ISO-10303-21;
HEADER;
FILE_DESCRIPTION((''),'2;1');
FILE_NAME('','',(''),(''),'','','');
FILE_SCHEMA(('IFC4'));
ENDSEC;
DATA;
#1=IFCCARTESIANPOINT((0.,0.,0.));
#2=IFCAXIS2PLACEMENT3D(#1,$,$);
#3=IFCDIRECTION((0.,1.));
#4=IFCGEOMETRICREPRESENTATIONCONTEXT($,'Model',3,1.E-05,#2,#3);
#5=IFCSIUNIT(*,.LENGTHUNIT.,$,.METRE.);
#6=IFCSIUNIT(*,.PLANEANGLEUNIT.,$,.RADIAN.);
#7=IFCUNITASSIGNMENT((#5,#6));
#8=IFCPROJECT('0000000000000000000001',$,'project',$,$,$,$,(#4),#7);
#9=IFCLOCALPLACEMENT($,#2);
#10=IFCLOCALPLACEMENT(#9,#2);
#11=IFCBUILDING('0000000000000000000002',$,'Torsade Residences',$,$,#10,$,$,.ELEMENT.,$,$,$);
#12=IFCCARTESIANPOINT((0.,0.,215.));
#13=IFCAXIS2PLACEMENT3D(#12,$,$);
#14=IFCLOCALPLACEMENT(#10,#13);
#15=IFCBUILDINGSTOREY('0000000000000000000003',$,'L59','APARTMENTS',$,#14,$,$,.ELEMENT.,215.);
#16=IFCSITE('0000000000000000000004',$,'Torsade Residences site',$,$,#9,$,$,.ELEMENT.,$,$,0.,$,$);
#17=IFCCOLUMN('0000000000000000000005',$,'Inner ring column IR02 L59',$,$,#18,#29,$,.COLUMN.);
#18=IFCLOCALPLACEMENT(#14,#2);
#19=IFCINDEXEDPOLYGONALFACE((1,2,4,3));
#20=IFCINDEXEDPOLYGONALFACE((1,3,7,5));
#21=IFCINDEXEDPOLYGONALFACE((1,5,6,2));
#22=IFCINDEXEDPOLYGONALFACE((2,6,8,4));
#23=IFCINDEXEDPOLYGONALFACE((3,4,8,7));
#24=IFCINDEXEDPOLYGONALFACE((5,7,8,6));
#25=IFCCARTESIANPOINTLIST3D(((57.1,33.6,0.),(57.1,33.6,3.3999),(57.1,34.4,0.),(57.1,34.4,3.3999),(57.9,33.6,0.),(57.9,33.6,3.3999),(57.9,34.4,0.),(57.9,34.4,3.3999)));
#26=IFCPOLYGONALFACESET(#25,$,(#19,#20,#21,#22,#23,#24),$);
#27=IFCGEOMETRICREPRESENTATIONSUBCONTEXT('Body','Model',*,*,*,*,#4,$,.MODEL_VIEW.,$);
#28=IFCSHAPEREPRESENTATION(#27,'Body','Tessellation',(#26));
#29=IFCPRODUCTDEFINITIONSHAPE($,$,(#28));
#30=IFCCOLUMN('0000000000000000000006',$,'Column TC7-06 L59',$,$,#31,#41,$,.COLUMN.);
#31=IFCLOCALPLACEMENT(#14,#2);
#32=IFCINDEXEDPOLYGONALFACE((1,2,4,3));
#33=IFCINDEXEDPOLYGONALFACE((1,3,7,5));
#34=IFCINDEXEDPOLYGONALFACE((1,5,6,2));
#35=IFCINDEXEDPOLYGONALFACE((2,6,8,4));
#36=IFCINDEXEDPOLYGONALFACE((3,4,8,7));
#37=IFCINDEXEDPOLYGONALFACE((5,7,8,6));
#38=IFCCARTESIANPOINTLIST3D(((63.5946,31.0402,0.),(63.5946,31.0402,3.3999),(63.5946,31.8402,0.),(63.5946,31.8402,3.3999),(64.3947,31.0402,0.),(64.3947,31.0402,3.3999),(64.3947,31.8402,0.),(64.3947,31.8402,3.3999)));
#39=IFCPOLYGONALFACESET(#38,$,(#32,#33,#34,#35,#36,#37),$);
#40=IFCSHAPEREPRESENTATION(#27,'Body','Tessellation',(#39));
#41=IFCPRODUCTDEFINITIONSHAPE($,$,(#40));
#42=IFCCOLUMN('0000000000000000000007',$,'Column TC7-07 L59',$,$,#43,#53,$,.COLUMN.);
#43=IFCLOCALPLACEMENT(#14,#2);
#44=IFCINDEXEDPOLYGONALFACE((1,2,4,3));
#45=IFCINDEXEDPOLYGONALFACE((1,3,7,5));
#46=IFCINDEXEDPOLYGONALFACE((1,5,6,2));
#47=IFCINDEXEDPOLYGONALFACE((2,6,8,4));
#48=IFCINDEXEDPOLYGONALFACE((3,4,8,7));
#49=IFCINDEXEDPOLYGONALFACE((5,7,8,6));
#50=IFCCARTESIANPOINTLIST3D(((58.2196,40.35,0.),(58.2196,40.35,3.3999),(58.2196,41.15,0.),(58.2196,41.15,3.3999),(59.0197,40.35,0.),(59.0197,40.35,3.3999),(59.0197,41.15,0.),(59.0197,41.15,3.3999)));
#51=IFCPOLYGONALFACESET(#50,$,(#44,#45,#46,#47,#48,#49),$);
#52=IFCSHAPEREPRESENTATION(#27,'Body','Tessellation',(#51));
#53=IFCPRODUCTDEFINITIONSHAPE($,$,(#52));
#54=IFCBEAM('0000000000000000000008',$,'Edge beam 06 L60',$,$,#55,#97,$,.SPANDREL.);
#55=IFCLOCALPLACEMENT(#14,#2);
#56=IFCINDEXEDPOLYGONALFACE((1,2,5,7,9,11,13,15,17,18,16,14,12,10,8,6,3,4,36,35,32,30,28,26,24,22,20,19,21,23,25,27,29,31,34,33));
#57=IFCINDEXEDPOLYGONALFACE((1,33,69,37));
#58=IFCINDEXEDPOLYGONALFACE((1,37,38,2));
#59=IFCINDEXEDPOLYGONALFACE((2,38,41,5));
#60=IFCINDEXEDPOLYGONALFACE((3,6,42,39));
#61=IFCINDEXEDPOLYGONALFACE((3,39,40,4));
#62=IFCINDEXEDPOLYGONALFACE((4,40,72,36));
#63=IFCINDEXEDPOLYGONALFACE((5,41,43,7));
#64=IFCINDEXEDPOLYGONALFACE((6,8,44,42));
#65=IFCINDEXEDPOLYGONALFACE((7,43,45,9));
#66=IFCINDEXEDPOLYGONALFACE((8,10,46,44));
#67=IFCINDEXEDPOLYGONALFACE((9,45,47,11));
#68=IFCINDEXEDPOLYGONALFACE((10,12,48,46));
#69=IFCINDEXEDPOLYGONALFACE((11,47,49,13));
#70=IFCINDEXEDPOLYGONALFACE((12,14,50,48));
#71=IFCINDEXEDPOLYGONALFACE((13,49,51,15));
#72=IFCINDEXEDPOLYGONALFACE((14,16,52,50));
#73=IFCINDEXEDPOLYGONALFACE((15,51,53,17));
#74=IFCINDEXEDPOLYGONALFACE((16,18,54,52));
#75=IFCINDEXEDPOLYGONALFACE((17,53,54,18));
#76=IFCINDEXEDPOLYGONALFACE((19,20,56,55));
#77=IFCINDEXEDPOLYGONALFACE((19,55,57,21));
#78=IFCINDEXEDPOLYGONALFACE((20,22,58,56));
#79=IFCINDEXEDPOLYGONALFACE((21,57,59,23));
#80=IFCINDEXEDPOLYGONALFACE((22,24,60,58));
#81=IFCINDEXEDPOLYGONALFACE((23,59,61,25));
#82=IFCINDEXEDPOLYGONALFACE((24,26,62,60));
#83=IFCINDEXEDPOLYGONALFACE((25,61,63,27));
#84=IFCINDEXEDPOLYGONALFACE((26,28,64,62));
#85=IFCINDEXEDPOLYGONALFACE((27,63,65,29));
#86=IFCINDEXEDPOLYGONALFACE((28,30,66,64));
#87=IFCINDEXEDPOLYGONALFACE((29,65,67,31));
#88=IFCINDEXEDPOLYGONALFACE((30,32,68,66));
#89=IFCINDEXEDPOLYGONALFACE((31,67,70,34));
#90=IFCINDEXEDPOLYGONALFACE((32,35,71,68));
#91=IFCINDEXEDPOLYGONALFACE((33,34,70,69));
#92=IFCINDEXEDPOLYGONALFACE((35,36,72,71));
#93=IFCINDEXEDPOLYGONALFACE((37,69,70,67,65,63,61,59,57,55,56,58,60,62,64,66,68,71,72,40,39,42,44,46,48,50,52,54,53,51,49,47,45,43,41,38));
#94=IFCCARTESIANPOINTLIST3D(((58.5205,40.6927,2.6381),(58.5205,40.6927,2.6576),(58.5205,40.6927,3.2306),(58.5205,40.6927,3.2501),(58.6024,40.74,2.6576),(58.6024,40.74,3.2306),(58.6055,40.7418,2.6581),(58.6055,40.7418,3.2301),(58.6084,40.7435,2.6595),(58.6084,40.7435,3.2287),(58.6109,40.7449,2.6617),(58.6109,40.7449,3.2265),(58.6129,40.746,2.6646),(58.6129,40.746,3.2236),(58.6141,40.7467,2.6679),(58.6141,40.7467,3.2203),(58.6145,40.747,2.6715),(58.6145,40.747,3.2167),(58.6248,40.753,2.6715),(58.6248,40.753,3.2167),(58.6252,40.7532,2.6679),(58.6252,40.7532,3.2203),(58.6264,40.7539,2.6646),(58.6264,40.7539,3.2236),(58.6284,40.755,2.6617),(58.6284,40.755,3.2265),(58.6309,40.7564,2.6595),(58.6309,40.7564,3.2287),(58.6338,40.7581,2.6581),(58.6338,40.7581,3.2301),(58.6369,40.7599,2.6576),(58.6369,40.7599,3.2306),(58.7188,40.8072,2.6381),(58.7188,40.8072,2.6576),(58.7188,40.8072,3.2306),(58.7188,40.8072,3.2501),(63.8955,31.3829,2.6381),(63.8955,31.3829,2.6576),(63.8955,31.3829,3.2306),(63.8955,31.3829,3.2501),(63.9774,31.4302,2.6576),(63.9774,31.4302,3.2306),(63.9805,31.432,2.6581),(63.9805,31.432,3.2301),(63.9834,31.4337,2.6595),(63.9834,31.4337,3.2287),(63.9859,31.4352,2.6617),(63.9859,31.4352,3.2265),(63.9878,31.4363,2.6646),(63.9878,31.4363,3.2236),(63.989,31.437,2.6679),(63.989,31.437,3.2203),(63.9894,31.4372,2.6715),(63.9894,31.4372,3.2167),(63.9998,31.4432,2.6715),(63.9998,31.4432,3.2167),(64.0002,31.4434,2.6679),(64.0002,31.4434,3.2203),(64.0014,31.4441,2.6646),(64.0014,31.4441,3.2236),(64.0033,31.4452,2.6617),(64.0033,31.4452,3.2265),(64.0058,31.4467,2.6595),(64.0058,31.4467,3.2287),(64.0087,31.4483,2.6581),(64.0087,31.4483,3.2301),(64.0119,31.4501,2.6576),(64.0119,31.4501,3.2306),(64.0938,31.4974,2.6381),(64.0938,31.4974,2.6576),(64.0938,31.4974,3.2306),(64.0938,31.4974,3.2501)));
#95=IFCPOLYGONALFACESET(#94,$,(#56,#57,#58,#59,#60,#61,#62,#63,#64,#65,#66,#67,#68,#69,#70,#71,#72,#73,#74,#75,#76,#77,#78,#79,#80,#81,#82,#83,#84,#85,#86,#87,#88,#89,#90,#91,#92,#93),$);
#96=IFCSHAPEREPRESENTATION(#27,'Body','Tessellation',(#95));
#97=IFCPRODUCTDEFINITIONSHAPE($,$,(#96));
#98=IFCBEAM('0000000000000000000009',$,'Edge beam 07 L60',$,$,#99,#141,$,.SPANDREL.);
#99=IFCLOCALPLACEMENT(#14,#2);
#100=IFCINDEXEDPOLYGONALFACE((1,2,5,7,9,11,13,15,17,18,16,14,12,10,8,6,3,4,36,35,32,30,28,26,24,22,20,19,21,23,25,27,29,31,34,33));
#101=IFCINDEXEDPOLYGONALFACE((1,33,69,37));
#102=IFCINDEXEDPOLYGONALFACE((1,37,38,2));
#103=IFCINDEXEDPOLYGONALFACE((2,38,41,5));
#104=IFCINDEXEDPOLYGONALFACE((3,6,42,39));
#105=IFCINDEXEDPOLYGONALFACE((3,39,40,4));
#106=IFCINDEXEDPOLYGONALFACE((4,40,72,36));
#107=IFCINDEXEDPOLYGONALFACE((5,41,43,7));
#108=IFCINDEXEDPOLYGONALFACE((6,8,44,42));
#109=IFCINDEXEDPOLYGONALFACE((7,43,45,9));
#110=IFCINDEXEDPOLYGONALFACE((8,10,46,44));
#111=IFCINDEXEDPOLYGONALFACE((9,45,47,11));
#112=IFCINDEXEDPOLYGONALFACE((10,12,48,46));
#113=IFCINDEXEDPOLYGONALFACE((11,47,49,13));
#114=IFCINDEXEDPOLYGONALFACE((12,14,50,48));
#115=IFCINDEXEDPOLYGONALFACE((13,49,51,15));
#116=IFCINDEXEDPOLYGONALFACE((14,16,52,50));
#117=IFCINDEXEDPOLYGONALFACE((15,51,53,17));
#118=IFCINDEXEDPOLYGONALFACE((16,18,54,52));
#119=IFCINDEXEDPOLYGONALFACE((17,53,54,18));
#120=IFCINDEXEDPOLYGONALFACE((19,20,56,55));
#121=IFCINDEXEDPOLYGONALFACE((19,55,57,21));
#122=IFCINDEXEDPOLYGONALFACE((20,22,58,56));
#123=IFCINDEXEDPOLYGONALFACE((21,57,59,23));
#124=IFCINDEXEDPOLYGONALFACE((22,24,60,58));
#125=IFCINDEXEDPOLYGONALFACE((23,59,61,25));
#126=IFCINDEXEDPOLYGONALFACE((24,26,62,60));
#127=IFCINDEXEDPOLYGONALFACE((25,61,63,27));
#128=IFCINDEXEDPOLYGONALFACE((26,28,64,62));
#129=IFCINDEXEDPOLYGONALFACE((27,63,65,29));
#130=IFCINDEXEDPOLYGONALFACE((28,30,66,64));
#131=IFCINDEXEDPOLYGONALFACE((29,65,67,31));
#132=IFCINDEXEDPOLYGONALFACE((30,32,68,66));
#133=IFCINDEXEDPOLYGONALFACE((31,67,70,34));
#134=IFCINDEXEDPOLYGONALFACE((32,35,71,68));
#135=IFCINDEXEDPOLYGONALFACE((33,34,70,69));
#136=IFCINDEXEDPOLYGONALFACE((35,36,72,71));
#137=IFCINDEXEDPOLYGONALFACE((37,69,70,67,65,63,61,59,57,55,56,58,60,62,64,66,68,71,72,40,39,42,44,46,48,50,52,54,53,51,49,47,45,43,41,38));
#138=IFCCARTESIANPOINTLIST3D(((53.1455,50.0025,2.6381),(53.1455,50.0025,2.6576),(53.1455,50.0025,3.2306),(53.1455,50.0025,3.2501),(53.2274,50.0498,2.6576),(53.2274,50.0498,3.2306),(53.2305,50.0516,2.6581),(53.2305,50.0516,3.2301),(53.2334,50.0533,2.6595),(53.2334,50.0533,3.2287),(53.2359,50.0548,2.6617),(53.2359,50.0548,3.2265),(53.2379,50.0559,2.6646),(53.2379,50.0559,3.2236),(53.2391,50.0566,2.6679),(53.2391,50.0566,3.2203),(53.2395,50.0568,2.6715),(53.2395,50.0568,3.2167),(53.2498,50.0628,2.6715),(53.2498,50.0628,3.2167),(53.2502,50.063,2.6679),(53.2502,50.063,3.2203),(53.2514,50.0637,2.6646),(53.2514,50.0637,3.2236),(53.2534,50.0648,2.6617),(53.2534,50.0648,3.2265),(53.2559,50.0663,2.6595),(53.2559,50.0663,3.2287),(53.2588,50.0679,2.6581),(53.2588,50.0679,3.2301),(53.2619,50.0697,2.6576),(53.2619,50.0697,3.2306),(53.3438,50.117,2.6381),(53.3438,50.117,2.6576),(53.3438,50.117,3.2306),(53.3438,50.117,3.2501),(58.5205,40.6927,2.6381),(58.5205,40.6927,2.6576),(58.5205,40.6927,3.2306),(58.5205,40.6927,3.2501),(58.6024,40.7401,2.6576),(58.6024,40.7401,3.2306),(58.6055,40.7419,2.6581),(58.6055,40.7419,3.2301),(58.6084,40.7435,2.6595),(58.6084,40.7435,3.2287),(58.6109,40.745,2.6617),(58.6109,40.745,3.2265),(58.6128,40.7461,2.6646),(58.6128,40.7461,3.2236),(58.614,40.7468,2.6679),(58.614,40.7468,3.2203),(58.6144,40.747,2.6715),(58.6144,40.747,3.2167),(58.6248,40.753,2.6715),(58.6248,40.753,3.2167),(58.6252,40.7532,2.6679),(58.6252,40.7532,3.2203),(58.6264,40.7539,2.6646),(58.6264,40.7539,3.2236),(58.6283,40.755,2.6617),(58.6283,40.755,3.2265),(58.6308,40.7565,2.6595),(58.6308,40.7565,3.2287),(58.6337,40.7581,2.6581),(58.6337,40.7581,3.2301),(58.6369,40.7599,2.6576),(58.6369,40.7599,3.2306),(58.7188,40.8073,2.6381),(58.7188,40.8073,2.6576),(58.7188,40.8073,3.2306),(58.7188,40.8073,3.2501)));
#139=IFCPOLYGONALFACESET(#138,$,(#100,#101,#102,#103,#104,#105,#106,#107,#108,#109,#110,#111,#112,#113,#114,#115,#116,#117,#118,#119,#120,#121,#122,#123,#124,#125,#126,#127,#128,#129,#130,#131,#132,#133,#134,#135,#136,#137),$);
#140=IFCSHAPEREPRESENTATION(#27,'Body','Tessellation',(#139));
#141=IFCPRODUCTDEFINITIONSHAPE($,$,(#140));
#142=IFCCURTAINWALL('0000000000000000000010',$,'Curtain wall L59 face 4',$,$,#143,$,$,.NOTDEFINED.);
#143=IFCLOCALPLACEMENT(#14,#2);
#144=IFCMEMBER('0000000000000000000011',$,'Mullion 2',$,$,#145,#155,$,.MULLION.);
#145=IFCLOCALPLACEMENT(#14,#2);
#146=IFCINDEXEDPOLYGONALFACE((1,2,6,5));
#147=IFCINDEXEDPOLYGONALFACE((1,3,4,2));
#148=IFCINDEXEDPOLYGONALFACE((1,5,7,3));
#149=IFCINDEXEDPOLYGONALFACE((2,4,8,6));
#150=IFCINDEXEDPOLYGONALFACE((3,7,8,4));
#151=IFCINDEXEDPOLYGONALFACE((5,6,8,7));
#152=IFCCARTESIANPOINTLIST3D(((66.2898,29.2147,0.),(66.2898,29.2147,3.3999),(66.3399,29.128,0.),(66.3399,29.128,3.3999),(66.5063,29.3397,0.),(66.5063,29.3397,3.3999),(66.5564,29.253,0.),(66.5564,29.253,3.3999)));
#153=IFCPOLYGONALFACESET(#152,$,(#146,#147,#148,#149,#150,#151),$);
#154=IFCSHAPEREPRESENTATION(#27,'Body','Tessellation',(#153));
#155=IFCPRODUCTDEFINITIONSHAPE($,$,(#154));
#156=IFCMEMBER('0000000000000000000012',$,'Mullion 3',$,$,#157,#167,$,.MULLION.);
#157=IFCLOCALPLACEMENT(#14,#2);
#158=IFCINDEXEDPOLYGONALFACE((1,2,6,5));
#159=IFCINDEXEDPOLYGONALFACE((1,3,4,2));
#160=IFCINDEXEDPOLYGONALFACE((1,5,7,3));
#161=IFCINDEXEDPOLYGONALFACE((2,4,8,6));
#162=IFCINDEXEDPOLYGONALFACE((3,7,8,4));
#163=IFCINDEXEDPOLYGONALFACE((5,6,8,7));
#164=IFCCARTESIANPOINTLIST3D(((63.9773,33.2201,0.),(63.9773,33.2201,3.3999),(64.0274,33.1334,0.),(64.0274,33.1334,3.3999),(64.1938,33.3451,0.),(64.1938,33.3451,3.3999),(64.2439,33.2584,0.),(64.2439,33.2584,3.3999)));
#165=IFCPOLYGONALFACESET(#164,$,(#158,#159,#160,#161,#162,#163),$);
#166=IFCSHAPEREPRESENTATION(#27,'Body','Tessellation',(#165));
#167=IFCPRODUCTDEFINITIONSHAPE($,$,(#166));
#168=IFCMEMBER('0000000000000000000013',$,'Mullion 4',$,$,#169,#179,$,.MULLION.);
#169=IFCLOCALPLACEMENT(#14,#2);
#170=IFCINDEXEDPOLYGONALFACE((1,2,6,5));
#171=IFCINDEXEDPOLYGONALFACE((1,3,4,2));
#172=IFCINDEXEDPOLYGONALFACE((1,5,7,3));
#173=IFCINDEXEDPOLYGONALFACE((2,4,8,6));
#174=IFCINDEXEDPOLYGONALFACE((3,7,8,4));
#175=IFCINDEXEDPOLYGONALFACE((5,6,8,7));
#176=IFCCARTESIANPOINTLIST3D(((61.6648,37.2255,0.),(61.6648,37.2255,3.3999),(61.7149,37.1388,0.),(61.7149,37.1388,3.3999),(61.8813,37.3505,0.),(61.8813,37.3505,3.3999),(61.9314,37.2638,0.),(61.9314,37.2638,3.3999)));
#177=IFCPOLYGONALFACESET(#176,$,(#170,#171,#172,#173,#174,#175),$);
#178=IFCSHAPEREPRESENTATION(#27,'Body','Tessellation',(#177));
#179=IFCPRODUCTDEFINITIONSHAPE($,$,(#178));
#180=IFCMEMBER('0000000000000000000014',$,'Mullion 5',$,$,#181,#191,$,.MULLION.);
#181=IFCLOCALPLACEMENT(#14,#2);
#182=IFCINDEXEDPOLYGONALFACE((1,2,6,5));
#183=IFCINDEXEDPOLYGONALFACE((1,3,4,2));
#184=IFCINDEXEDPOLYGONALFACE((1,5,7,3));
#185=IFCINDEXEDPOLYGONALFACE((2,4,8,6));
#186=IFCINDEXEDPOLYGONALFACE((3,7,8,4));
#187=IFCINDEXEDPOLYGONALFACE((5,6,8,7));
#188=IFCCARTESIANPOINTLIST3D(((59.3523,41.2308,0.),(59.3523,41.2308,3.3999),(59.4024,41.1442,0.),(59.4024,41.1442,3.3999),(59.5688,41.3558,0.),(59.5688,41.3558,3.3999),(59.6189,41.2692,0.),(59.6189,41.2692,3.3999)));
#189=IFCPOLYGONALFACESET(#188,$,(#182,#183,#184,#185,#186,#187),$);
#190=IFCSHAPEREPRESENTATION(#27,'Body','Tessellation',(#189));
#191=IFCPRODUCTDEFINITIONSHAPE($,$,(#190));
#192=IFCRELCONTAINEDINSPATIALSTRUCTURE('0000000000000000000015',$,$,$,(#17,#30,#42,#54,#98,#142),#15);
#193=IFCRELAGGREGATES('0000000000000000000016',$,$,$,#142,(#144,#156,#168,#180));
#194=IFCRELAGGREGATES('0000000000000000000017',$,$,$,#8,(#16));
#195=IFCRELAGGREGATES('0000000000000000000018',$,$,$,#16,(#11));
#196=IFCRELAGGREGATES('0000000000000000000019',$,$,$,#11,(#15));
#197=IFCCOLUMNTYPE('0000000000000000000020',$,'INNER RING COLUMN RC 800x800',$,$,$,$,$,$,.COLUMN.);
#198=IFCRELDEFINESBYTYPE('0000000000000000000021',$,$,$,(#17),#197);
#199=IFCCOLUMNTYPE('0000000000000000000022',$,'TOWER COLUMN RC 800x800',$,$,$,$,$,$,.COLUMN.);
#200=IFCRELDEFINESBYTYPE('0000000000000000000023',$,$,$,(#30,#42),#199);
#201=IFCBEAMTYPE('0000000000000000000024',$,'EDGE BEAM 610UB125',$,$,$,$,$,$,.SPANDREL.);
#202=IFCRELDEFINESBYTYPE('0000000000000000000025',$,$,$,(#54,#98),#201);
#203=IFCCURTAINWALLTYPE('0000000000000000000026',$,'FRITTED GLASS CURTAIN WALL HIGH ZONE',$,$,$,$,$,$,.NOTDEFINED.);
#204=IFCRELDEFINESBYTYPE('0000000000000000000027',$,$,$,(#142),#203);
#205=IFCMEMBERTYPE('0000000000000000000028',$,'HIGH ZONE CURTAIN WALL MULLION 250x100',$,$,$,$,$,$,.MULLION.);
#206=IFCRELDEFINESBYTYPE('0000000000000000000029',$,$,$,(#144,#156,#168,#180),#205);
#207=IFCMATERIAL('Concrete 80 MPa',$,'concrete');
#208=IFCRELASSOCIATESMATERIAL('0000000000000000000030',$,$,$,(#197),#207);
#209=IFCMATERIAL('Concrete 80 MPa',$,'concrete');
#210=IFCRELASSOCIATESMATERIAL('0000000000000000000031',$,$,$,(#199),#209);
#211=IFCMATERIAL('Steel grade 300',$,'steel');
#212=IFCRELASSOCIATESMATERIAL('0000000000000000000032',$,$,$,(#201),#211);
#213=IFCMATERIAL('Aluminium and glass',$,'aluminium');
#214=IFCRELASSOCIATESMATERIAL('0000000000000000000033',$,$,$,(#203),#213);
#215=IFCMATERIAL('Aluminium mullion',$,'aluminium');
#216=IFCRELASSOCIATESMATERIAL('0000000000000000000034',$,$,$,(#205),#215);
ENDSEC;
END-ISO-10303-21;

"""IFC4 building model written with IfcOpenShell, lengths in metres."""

from ifc_helpers import new_model, si_unit, direction, frame, origin, origin_2d, place, context, subcontext, project, spatial, rectangle, i_section, extrude, material, material_profile, profile_set, type_object, element, aggregate, save


model = new_model("IFC4")

# Units and contexts
model_context = context("Model", 3, precision=1e-05, world=origin(), true_north=direction((0.0, 1.0)))
body_context = subcontext(model_context, "Body", "Model", "MODEL_VIEW")
ifc_project = project(units=[si_unit("LENGTHUNIT", "METRE"), si_unit("PLANEANGLEUNIT", "RADIAN")], contexts=[model_context])

# Site, building, storey
site_placement = place(None, origin())
site = spatial("IfcSite", under=ifc_project, at=site_placement, Name="Torsade Residences site", CompositionType="ELEMENT", RefElevation=0.0)
building_placement = place(site_placement, origin())
building = spatial("IfcBuilding", under=site, at=building_placement, Name="Torsade Residences", CompositionType="ELEMENT")
storey_placement = place(building_placement, frame((0.0, 0.0, 215.0)))
storey = spatial("IfcBuildingStorey", under=building, at=storey_placement, Name="L59", Description="APARTMENTS", CompositionType="ELEMENT", Elevation=215.0)

# Columns
ifc_material_1 = material(Name="Concrete 80 MPa", Category="concrete")
ifc_material_profile_1 = material_profile(ifc_material_1, rectangle(XDim=0.8, YDim=0.8, at=origin_2d()), Name="RC 800x800")
ifc_profile_set_1 = profile_set([ifc_material_profile_1], Name="Concrete 80 MPa")
column_type_1 = type_object("IfcColumnType", Name="INNER RING COLUMN RC 800x800", PredefinedType="COLUMN", material=ifc_profile_set_1)
column_placement = place(storey_placement, frame((57.5, 34.0, 0.0), z_axis=(0.0, 0.0, 1.0), x_axis=(1.0, 0.0, 0.0)))
element("IfcColumn", 1, at=column_placement, inside=storey, type_object=column_type_1, Name="Inner ring column IR02 L59", PredefinedType="COLUMN", context=body_context, shape_type="SweptSolid", body=[
    extrude(rectangle(XDim=0.8, YDim=0.8, at=origin_2d()), origin(), (0.0, 0.0, 1.0), 3.3999),
])
ifc_material_2 = material(Name="Concrete 80 MPa", Category="concrete")
ifc_material_profile_2 = material_profile(ifc_material_2, rectangle(XDim=0.8, YDim=0.8, at=origin_2d()), Name="RC 800x800")
ifc_profile_set_2 = profile_set([ifc_material_profile_2], Name="Concrete 80 MPa")
column_type_2 = type_object("IfcColumnType", Name="TOWER COLUMN RC 800x800", PredefinedType="COLUMN", material=ifc_profile_set_2)
for number, where, z_axis, x_axis, name in (
    (2, (63.9946, 31.4402, 0.0), (0.0, 0.0, 1.0), (1.0, 0.0, 0.0), "Column TC7-06 L59"),
    (3, (58.6196, 40.75, 0.0), (0.0, 0.0, 1.0), (1.0, 0.0, 0.0), "Column TC7-07 L59"),
):
    element("IfcColumn", number, at=place(storey_placement, frame(where, z_axis=z_axis, x_axis=x_axis)), inside=storey, type_object=column_type_2, Name=name, PredefinedType="COLUMN", context=body_context, shape_type="SweptSolid", body=[
        extrude(rectangle(XDim=0.8, YDim=0.8, at=origin_2d()), origin(), (0.0, 0.0, 1.0), 3.3999),
    ])

# Beams
ifc_material_3 = material(Name="Steel grade 300", Category="steel")
ifc_material_profile_3 = material_profile(ifc_material_3, i_section(OverallWidth=0.229, OverallDepth=0.6121, WebThickness=0.012, FlangeThickness=0.0195, FilletRadius=0.0139, at=origin_2d()), Name="610UB125")
ifc_profile_set_3 = profile_set([ifc_material_profile_3], Name="Steel grade 300")
beam_type_1 = type_object("IfcBeamType", Name="EDGE BEAM 610UB125", PredefinedType="SPANDREL", material=ifc_profile_set_3)
for number, where, z_axis, x_axis, name in (
    (4, (63.9946, 31.4402, 2.9441), (-0.499998, 0.866026, 0.0), (-0.866026, -0.499998, 0.0), "Edge beam 06 L60"),
    (5, (58.6196, 40.75, 2.9441), (-0.499998, 0.866026, 0.0), (-0.866026, -0.499998, 0.0), "Edge beam 07 L60"),
):
    element("IfcBeam", number, at=place(storey_placement, frame(where, z_axis=z_axis, x_axis=x_axis)), inside=storey, type_object=beam_type_1, Name=name, PredefinedType="SPANDREL", context=body_context, shape_type="SweptSolid", body=[
        extrude(i_section(OverallWidth=0.229, OverallDepth=0.6121, WebThickness=0.012, FlangeThickness=0.0195, FilletRadius=0.0139, at=origin_2d()), origin(), (0.0, 0.0, 1.0), 10.75),
    ])

# Curtain wall, members
ifc_material_4 = material(Name="Aluminium and glass", Category="aluminium")
curtain_wall_type = type_object("IfcCurtainWallType", Name="FRITTED GLASS CURTAIN WALL HIGH ZONE", PredefinedType="NOTDEFINED", material=ifc_material_4)
curtain_wall_placement = place(storey_placement, origin())
curtain_wall = element("IfcCurtainWall", 6, at=curtain_wall_placement, inside=storey, type_object=curtain_wall_type, Name="Curtain wall L59 face 4", PredefinedType="NOTDEFINED")
ifc_material_5 = material(Name="Aluminium mullion", Category="aluminium")
ifc_material_profile_4 = material_profile(ifc_material_5, rectangle(XDim=0.25, YDim=0.1001, at=origin_2d()), Name="HIGH ZONE CURTAIN WALL MULLION 250x100")
ifc_profile_set_4 = profile_set([ifc_material_profile_4], Name="Aluminium mullion")
member_type_1 = type_object("IfcMemberType", Name="HIGH ZONE CURTAIN WALL MULLION 250x100", PredefinedType="MULLION", material=ifc_profile_set_4)
member_1_placement = place(storey_placement, frame((66.4231, 29.2339, 0.0), z_axis=(0.0, 0.0, 1.0), x_axis=(-0.866025, -0.5, 0.0)))
member_1 = element("IfcMember", 7, at=member_1_placement, type_object=member_type_1, Name="Mullion 2", PredefinedType="MULLION", context=body_context, shape_type="SweptSolid", body=[
    extrude(rectangle(XDim=0.25, YDim=0.1001, at=origin_2d()), origin(), (0.0, 0.0, 1.0), 3.3999),
])
member_2_placement = place(storey_placement, frame((64.1106, 33.2393, 0.0), z_axis=(0.0, 0.0, 1.0), x_axis=(-0.866025, -0.5, 0.0)))
member_2 = element("IfcMember", 8, at=member_2_placement, type_object=member_type_1, Name="Mullion 3", PredefinedType="MULLION", context=body_context, shape_type="SweptSolid", body=[
    extrude(rectangle(XDim=0.25, YDim=0.1001, at=origin_2d()), origin(), (0.0, 0.0, 1.0), 3.3999),
])
member_3_placement = place(storey_placement, frame((61.7981, 37.2446, 0.0), z_axis=(0.0, 0.0, 1.0), x_axis=(-0.866025, -0.5, 0.0)))
member_3 = element("IfcMember", 9, at=member_3_placement, type_object=member_type_1, Name="Mullion 4", PredefinedType="MULLION", context=body_context, shape_type="SweptSolid", body=[
    extrude(rectangle(XDim=0.25, YDim=0.1001, at=origin_2d()), origin(), (0.0, 0.0, 1.0), 3.3999),
])
member_4_placement = place(storey_placement, frame((59.4856, 41.25, 0.0), z_axis=(0.0, 0.0, 1.0), x_axis=(-0.866025, -0.5, 0.0)))
member_4 = element("IfcMember", 10, at=member_4_placement, type_object=member_type_1, Name="Mullion 5", PredefinedType="MULLION", context=body_context, shape_type="SweptSolid", body=[
    extrude(rectangle(XDim=0.25, YDim=0.1001, at=origin_2d()), origin(), (0.0, 0.0, 1.0), 3.3999),
])

aggregate(curtain_wall, [member_1, member_2, member_3, member_4])

save(model, "model.ifc")
